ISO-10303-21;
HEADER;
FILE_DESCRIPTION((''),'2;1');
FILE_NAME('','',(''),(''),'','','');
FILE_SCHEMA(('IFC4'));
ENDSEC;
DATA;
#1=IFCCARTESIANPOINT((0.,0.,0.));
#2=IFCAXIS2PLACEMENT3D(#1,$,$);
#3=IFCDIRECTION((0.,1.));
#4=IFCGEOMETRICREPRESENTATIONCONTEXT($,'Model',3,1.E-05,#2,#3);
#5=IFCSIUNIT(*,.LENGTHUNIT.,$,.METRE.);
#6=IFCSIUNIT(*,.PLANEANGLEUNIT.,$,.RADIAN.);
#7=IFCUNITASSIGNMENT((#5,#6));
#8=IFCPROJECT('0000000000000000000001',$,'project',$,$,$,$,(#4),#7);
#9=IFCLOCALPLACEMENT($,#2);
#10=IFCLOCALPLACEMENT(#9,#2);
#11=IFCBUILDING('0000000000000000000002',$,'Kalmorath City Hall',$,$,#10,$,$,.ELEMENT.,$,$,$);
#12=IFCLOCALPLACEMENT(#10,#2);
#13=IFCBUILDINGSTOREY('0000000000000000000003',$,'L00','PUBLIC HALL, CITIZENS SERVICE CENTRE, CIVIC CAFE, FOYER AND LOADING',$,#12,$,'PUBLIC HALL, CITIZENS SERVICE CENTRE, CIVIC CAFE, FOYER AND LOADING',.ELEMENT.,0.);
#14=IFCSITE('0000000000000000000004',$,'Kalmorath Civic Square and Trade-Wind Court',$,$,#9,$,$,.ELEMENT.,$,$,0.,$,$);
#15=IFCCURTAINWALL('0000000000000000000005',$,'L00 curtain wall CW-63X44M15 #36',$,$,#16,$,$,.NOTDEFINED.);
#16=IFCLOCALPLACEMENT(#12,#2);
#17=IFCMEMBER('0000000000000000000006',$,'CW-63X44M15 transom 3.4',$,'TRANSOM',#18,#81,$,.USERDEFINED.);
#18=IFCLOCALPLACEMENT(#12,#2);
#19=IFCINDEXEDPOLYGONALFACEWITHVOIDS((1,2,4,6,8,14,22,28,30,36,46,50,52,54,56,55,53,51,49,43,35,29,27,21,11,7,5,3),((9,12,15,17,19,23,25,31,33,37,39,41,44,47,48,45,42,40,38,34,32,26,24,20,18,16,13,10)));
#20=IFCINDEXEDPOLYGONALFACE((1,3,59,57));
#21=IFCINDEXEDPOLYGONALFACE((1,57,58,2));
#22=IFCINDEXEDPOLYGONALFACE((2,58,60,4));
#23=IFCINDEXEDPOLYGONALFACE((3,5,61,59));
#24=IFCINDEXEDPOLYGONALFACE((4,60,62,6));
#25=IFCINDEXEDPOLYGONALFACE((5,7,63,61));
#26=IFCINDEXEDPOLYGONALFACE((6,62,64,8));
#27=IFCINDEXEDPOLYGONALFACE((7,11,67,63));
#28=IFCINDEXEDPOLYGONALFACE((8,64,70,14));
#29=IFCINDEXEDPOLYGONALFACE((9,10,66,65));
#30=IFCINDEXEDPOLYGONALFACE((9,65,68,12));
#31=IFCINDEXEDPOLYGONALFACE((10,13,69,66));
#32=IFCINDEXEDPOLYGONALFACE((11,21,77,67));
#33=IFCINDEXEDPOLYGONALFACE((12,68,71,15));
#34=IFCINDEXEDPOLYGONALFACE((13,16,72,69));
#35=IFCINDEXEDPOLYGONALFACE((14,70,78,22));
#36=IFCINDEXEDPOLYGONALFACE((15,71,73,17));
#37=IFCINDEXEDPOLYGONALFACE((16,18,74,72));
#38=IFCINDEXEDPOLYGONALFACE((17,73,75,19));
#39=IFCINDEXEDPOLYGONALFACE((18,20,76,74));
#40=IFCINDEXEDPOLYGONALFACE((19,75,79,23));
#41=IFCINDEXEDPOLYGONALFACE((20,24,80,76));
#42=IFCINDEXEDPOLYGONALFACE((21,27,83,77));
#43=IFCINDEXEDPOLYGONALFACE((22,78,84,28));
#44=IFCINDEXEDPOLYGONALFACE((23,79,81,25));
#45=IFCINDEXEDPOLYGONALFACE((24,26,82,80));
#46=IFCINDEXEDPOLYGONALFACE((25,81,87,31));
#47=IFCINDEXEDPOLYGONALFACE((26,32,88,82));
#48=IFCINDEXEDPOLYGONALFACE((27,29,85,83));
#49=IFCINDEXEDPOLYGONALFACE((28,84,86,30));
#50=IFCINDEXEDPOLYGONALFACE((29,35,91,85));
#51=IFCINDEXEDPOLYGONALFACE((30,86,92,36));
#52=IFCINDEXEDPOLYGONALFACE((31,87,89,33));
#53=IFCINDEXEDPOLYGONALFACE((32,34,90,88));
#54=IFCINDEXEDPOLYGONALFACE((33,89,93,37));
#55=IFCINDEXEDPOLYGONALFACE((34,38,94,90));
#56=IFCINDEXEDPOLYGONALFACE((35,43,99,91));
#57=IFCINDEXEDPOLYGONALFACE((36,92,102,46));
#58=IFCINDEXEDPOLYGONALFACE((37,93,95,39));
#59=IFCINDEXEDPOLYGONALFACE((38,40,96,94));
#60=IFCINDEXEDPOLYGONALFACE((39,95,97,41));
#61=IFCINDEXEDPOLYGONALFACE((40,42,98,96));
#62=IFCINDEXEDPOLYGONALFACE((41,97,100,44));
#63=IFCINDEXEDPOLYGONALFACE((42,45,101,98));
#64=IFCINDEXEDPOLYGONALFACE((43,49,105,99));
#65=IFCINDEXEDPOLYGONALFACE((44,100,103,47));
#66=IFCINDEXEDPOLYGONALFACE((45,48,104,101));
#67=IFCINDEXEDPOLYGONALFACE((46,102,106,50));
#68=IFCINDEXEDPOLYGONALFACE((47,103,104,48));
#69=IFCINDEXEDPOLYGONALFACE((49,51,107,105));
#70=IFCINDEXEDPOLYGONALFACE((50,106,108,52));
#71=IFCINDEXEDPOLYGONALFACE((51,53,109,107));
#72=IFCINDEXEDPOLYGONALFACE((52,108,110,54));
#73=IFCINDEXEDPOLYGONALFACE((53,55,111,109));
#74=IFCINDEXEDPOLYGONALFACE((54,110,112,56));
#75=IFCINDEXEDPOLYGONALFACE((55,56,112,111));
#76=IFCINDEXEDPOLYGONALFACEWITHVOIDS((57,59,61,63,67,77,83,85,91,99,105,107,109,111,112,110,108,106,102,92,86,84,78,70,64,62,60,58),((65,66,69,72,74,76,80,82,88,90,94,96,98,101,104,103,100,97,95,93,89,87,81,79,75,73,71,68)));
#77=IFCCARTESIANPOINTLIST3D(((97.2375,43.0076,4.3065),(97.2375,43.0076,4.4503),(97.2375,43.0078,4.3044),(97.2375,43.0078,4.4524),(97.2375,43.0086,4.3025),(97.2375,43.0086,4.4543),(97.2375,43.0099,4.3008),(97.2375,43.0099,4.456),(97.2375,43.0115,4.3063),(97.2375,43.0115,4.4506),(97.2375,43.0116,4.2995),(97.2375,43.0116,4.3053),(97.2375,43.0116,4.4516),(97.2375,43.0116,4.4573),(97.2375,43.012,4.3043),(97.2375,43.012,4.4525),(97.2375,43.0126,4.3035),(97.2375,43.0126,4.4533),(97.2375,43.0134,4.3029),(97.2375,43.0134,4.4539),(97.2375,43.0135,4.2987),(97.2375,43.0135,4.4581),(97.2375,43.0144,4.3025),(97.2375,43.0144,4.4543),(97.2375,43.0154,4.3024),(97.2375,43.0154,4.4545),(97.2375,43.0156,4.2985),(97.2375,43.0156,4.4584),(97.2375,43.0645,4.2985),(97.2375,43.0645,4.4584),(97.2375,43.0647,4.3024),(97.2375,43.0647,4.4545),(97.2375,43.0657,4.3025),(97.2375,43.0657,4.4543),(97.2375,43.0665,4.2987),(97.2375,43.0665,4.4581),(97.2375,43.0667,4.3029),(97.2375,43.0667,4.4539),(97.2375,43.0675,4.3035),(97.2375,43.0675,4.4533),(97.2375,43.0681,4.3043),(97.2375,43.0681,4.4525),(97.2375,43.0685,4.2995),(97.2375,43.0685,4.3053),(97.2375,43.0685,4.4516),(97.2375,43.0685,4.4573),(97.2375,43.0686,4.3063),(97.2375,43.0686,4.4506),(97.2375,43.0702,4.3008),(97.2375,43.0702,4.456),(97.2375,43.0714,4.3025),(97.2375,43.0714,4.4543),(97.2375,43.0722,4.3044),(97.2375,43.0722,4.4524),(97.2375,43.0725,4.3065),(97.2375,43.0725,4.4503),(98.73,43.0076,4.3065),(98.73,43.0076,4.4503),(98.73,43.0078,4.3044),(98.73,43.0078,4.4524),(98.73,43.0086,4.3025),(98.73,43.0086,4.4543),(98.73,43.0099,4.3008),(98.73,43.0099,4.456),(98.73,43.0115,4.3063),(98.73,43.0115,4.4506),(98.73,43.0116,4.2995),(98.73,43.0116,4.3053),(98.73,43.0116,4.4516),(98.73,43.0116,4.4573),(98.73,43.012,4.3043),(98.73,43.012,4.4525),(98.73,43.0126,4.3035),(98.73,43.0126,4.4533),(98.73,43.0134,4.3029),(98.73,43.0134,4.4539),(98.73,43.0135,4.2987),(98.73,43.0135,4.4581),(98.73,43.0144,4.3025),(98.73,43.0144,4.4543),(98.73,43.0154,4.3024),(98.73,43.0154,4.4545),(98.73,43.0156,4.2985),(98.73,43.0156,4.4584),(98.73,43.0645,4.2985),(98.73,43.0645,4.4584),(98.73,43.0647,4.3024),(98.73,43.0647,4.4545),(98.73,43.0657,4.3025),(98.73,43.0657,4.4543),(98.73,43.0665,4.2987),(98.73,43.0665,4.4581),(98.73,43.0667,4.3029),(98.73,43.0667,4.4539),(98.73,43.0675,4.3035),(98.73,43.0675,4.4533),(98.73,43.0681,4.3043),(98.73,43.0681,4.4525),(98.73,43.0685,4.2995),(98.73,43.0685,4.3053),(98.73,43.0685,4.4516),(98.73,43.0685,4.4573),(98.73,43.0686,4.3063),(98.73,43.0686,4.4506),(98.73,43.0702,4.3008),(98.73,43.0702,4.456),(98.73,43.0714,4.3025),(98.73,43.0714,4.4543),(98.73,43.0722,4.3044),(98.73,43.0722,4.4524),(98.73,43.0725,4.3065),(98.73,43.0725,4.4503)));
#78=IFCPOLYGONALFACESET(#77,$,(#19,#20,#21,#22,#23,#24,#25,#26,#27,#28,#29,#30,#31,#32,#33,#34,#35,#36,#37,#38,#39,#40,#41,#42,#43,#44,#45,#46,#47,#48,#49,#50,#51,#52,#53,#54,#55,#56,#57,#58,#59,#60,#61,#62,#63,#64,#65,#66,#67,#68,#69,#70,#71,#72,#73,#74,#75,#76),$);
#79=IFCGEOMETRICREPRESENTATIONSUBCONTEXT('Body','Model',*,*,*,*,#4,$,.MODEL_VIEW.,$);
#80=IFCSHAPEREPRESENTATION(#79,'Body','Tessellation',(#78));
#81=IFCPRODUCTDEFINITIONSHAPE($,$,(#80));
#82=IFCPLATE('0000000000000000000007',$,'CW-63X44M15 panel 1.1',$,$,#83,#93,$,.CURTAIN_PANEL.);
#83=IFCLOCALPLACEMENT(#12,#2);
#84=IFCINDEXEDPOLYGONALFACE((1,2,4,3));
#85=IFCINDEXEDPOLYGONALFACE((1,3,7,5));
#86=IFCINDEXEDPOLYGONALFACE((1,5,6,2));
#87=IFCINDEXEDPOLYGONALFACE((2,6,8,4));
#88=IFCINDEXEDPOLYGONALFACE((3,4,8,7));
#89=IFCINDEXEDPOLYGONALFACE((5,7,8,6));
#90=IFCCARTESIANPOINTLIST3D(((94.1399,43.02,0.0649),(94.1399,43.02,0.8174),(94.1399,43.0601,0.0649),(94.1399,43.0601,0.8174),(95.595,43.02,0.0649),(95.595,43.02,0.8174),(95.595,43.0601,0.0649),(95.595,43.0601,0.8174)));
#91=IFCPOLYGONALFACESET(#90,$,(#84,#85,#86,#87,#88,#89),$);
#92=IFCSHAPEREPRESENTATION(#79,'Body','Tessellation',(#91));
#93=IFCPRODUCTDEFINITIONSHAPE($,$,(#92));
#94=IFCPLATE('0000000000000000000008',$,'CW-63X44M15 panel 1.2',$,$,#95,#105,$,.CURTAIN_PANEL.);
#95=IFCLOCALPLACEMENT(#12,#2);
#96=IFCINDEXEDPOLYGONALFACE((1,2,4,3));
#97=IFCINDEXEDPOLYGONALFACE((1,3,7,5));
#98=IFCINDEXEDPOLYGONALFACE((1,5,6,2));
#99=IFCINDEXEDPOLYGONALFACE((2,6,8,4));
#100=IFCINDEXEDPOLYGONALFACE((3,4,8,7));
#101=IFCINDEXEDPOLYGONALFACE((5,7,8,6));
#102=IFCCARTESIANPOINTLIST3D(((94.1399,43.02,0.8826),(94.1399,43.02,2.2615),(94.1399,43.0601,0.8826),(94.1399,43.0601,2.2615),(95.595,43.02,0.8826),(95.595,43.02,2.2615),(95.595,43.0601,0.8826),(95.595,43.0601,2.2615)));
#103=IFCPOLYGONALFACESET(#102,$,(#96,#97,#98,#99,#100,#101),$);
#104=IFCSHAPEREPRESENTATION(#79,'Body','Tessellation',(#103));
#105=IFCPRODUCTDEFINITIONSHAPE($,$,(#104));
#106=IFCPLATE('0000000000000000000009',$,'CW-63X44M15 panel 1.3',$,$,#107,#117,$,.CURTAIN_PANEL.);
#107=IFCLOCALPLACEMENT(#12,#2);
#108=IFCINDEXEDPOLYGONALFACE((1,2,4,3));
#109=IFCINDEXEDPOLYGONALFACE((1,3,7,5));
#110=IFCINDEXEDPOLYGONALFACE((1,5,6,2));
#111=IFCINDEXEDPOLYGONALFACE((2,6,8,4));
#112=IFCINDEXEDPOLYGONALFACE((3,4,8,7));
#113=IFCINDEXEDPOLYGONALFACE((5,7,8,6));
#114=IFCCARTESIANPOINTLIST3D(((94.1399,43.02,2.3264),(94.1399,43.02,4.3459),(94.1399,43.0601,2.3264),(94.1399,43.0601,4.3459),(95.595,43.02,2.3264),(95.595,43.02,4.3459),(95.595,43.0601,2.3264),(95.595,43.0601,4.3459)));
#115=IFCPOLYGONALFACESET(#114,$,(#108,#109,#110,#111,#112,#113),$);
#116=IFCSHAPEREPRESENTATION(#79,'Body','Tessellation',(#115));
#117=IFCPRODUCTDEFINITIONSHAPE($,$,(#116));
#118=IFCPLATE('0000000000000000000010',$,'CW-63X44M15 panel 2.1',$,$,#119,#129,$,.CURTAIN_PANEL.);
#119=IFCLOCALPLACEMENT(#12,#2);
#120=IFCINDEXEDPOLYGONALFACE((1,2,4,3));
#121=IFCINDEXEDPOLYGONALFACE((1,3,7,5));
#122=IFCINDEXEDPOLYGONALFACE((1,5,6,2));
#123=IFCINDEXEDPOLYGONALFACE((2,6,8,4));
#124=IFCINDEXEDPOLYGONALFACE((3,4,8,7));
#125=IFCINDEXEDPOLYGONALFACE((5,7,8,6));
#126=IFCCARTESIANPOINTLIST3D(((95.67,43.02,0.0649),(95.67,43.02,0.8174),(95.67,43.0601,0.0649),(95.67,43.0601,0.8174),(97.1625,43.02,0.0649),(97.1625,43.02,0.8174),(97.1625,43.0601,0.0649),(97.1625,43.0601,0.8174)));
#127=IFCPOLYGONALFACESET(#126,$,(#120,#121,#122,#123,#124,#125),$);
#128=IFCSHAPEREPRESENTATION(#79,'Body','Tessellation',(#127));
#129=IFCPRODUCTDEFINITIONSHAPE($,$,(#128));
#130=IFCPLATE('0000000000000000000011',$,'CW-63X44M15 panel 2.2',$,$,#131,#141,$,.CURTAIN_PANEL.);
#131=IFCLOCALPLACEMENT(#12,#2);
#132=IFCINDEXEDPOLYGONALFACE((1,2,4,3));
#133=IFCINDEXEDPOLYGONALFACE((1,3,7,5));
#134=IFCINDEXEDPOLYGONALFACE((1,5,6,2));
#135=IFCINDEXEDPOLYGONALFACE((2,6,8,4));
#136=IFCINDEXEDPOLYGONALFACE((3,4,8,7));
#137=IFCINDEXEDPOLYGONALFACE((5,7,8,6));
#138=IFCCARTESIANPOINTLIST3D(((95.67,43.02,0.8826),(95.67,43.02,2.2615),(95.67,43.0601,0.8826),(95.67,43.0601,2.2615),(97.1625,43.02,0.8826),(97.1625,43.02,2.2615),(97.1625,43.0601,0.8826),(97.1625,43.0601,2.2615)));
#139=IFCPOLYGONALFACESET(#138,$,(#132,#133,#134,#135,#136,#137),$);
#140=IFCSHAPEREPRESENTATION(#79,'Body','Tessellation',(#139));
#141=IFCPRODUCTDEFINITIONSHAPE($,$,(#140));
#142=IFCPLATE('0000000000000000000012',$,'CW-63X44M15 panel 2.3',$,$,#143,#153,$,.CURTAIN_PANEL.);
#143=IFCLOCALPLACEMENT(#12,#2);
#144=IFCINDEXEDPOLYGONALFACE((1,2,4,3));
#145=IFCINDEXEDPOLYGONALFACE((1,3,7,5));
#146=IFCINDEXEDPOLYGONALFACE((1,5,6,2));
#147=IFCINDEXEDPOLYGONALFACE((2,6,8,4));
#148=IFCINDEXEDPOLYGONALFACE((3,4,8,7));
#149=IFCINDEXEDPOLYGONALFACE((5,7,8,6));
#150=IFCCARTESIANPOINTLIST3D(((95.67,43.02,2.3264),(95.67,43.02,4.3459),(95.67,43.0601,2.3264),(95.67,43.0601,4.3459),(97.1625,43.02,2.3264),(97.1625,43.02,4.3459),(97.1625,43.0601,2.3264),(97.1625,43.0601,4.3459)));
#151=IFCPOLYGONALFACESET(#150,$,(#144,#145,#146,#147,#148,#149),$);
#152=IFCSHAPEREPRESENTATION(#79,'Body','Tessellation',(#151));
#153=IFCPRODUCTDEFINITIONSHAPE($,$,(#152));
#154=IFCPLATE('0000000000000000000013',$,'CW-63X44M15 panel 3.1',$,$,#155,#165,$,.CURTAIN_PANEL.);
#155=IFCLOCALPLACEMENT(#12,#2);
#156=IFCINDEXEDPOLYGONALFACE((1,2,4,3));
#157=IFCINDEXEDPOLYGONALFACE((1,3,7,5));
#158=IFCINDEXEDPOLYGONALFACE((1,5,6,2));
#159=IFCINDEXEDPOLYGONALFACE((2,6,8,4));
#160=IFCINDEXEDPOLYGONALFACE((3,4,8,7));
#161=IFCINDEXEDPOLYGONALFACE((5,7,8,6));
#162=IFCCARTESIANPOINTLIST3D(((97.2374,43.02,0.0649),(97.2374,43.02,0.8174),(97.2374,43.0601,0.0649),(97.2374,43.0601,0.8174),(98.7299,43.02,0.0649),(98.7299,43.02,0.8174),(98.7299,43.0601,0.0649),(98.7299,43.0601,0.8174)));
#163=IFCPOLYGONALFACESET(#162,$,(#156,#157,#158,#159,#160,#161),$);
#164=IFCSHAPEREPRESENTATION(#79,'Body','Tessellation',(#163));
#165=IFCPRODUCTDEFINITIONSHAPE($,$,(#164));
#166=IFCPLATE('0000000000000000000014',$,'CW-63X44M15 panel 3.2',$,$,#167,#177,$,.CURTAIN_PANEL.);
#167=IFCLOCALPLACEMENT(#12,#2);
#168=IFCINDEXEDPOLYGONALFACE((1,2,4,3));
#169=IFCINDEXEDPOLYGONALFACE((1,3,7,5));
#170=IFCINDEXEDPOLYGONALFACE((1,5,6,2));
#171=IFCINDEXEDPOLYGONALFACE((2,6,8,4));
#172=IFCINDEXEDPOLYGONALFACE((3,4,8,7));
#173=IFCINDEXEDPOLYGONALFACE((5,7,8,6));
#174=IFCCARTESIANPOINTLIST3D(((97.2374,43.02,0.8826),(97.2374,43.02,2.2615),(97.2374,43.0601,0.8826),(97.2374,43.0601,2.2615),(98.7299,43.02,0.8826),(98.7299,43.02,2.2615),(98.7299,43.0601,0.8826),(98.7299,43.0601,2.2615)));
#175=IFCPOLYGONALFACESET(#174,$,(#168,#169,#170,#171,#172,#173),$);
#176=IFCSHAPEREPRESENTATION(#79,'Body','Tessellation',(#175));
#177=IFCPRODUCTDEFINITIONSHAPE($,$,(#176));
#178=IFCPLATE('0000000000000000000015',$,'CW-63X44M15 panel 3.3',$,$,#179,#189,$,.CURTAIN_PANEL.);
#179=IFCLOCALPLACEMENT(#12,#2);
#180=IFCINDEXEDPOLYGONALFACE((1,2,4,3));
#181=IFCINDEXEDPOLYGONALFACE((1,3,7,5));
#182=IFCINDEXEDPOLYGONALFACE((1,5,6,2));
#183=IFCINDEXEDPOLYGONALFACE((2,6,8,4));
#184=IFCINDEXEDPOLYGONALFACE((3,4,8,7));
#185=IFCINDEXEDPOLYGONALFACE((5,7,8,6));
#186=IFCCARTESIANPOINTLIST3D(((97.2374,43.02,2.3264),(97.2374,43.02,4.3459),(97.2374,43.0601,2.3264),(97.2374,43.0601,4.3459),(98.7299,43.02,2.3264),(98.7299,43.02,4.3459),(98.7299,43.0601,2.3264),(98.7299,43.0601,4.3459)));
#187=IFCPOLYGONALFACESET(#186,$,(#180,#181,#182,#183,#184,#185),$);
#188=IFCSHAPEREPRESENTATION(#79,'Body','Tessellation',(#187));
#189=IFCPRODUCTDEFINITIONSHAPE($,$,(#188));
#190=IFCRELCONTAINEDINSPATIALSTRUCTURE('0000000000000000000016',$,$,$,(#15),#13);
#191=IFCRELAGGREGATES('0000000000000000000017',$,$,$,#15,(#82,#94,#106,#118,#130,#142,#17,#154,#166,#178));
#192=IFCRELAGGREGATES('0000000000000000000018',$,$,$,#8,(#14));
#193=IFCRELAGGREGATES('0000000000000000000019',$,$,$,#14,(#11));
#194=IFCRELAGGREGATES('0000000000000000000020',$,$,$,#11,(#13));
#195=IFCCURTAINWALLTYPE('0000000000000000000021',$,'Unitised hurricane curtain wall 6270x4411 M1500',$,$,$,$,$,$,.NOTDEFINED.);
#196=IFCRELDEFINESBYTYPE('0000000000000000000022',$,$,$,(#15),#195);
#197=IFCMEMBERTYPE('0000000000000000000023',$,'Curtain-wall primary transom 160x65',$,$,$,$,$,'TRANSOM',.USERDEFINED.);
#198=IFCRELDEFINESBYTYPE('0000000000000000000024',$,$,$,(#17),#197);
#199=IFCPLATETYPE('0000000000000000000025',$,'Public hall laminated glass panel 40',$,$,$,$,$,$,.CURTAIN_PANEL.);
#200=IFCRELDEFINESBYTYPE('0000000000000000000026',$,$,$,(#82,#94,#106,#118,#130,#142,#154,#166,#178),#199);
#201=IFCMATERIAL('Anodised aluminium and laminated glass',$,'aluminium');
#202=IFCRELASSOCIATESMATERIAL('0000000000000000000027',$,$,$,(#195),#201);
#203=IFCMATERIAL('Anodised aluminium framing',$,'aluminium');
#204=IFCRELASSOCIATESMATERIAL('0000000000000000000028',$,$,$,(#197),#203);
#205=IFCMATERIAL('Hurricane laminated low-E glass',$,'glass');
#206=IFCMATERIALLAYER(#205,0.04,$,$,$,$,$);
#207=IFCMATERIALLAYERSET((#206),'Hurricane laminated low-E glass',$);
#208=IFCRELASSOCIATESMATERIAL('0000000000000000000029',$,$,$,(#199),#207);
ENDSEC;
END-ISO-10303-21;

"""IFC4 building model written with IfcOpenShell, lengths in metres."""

from ifc_helpers import new_model, si_unit, direction, frame, origin, origin_2d, place, context, subcontext, project, spatial, rectangle, hollow_rectangle, extrude, material, layer, layer_set, material_profile, profile_set, type_object, element, aggregate, save


model = new_model("IFC4")

# Units and contexts
model_context = context("Model", 3, precision=1e-05, world=origin(), true_north=direction((0.0, 1.0)))
body_context = subcontext(model_context, "Body", "Model", "MODEL_VIEW")
ifc_project = project(units=[si_unit("LENGTHUNIT", "METRE"), si_unit("PLANEANGLEUNIT", "RADIAN")], contexts=[model_context])

# Site, building, storey
site_placement = place(None, origin())
site = spatial("IfcSite", under=ifc_project, at=site_placement, Name="Kalmorath Civic Square and Trade-Wind Court", CompositionType="ELEMENT", RefElevation=0.0)
building_placement = place(site_placement, origin())
building = spatial("IfcBuilding", under=site, at=building_placement, Name="Kalmorath City Hall", CompositionType="ELEMENT")
storey_placement = place(building_placement, origin())
storey = spatial("IfcBuildingStorey", under=building, at=storey_placement, Name="L00", Description="PUBLIC HALL, CITIZENS SERVICE CENTRE, CIVIC CAFE, FOYER AND LOADING", LongName="PUBLIC HALL, CITIZENS SERVICE CENTRE, CIVIC CAFE, FOYER AND LOADING", CompositionType="ELEMENT", Elevation=0.0)

# Curtain wall, member, plates
ifc_material_1 = material(Name="Anodised aluminium and laminated glass", Category="aluminium")
curtain_wall_type = type_object("IfcCurtainWallType", Name="Unitised hurricane curtain wall 6270x4411 M1500", PredefinedType="NOTDEFINED", material=ifc_material_1)
curtain_wall_placement = place(storey_placement, origin())
curtain_wall = element("IfcCurtainWall", 1, at=curtain_wall_placement, inside=storey, type_object=curtain_wall_type, Name="L00 curtain wall CW-63X44M15 #36", PredefinedType="NOTDEFINED")
ifc_material_2 = material(Name="Anodised aluminium framing", Category="aluminium")
ifc_material_profile_1 = material_profile(ifc_material_2, hollow_rectangle(XDim=0.0649, YDim=0.1599, WallThickness=0.0039, InnerFilletRadius=0.0039, OuterFilletRadius=0.0081, at=origin_2d()), Name="ALU-TRN-160X65X4")
ifc_profile_set_1 = profile_set([ifc_material_profile_1], Name="Anodised aluminium framing")
member_type_1 = type_object("IfcMemberType", Name="Curtain-wall primary transom 160x65", ElementType="TRANSOM", PredefinedType="USERDEFINED", material=ifc_profile_set_1)
member_1_placement = place(storey_placement, frame((97.2375, 43.04, 4.3784), z_axis=(1.0, 0.0, 0.0), x_axis=(0.0, 1.0, 0.0)))
member_1 = element("IfcMember", 2, at=member_1_placement, type_object=member_type_1, Name="CW-63X44M15 transom 3.4", ObjectType="TRANSOM", PredefinedType="USERDEFINED", context=body_context, shape_type="SweptSolid", body=[
    extrude(hollow_rectangle(XDim=0.0649, YDim=0.1599, WallThickness=0.0039, InnerFilletRadius=0.0039, OuterFilletRadius=0.0081, at=origin_2d()), origin(), (0.0, 0.0, 1.0), 1.4924),
])
ifc_material_3 = material(Name="Hurricane laminated low-E glass", Category="glass")
ifc_layer = layer(ifc_material_3, 0.04)
ifc_layer_set = layer_set([ifc_layer], Name="Hurricane laminated low-E glass")
plate_type = type_object("IfcPlateType", Name="Public hall laminated glass panel 40", PredefinedType="CURTAIN_PANEL", material=ifc_layer_set)
plate_1_placement = place(storey_placement, frame((94.8674, 43.04, 0.0649), z_axis=(0.0, 0.0, 1.0), x_axis=(1.0, 0.0, 0.0)))
plate_1 = element("IfcPlate", 3, at=plate_1_placement, type_object=plate_type, Name="CW-63X44M15 panel 1.1", PredefinedType="CURTAIN_PANEL", context=body_context, shape_type="SweptSolid", body=[
    extrude(rectangle(XDim=1.4551, YDim=0.04, at=origin_2d()), origin(), (0.0, 0.0, 1.0), 0.7524),
])
plate_2_placement = place(storey_placement, frame((94.8674, 43.04, 0.8826), z_axis=(0.0, 0.0, 1.0), x_axis=(1.0, 0.0, 0.0)))
plate_2 = element("IfcPlate", 4, at=plate_2_placement, type_object=plate_type, Name="CW-63X44M15 panel 1.2", PredefinedType="CURTAIN_PANEL", context=body_context, shape_type="SweptSolid", body=[
    extrude(rectangle(XDim=1.4551, YDim=0.04, at=origin_2d()), origin(), (0.0, 0.0, 1.0), 1.3789),
])
plate_3_placement = place(storey_placement, frame((94.8674, 43.04, 2.3264), z_axis=(0.0, 0.0, 1.0), x_axis=(1.0, 0.0, 0.0)))
plate_3 = element("IfcPlate", 5, at=plate_3_placement, type_object=plate_type, Name="CW-63X44M15 panel 1.3", PredefinedType="CURTAIN_PANEL", context=body_context, shape_type="SweptSolid", body=[
    extrude(rectangle(XDim=1.4551, YDim=0.04, at=origin_2d()), origin(), (0.0, 0.0, 1.0), 2.0195),
])
plate_4_placement = place(storey_placement, frame((96.4163, 43.04, 0.0649), z_axis=(0.0, 0.0, 1.0), x_axis=(1.0, 0.0, 0.0)))
plate_4 = element("IfcPlate", 6, at=plate_4_placement, type_object=plate_type, Name="CW-63X44M15 panel 2.1", PredefinedType="CURTAIN_PANEL", context=body_context, shape_type="SweptSolid", body=[
    extrude(rectangle(XDim=1.4924, YDim=0.04, at=origin_2d()), origin(), (0.0, 0.0, 1.0), 0.7524),
])
plate_5_placement = place(storey_placement, frame((96.4163, 43.04, 0.8826), z_axis=(0.0, 0.0, 1.0), x_axis=(1.0, 0.0, 0.0)))
plate_5 = element("IfcPlate", 7, at=plate_5_placement, type_object=plate_type, Name="CW-63X44M15 panel 2.2", PredefinedType="CURTAIN_PANEL", context=body_context, shape_type="SweptSolid", body=[
    extrude(rectangle(XDim=1.4924, YDim=0.04, at=origin_2d()), origin(), (0.0, 0.0, 1.0), 1.3789),
])
plate_6_placement = place(storey_placement, frame((96.4163, 43.04, 2.3264), z_axis=(0.0, 0.0, 1.0), x_axis=(1.0, 0.0, 0.0)))
plate_6 = element("IfcPlate", 8, at=plate_6_placement, type_object=plate_type, Name="CW-63X44M15 panel 2.3", PredefinedType="CURTAIN_PANEL", context=body_context, shape_type="SweptSolid", body=[
    extrude(rectangle(XDim=1.4924, YDim=0.04, at=origin_2d()), origin(), (0.0, 0.0, 1.0), 2.0195),
])
plate_7_placement = place(storey_placement, frame((97.9836, 43.04, 0.0649), z_axis=(0.0, 0.0, 1.0), x_axis=(1.0, 0.0, 0.0)))
plate_7 = element("IfcPlate", 9, at=plate_7_placement, type_object=plate_type, Name="CW-63X44M15 panel 3.1", PredefinedType="CURTAIN_PANEL", context=body_context, shape_type="SweptSolid", body=[
    extrude(rectangle(XDim=1.4924, YDim=0.04, at=origin_2d()), origin(), (0.0, 0.0, 1.0), 0.7524),
])
plate_8_placement = place(storey_placement, frame((97.9836, 43.04, 0.8826), z_axis=(0.0, 0.0, 1.0), x_axis=(1.0, 0.0, 0.0)))
plate_8 = element("IfcPlate", 10, at=plate_8_placement, type_object=plate_type, Name="CW-63X44M15 panel 3.2", PredefinedType="CURTAIN_PANEL", context=body_context, shape_type="SweptSolid", body=[
    extrude(rectangle(XDim=1.4924, YDim=0.04, at=origin_2d()), origin(), (0.0, 0.0, 1.0), 1.3789),
])
plate_9_placement = place(storey_placement, frame((97.9836, 43.04, 2.3264), z_axis=(0.0, 0.0, 1.0), x_axis=(1.0, 0.0, 0.0)))
plate_9 = element("IfcPlate", 11, at=plate_9_placement, type_object=plate_type, Name="CW-63X44M15 panel 3.3", PredefinedType="CURTAIN_PANEL", context=body_context, shape_type="SweptSolid", body=[
    extrude(rectangle(XDim=1.4924, YDim=0.04, at=origin_2d()), origin(), (0.0, 0.0, 1.0), 2.0195),
])
aggregate(curtain_wall, [plate_1, plate_2, plate_3, plate_4, plate_5, plate_6, member_1, plate_7, plate_8, plate_9])

save(model, "model.ifc")
